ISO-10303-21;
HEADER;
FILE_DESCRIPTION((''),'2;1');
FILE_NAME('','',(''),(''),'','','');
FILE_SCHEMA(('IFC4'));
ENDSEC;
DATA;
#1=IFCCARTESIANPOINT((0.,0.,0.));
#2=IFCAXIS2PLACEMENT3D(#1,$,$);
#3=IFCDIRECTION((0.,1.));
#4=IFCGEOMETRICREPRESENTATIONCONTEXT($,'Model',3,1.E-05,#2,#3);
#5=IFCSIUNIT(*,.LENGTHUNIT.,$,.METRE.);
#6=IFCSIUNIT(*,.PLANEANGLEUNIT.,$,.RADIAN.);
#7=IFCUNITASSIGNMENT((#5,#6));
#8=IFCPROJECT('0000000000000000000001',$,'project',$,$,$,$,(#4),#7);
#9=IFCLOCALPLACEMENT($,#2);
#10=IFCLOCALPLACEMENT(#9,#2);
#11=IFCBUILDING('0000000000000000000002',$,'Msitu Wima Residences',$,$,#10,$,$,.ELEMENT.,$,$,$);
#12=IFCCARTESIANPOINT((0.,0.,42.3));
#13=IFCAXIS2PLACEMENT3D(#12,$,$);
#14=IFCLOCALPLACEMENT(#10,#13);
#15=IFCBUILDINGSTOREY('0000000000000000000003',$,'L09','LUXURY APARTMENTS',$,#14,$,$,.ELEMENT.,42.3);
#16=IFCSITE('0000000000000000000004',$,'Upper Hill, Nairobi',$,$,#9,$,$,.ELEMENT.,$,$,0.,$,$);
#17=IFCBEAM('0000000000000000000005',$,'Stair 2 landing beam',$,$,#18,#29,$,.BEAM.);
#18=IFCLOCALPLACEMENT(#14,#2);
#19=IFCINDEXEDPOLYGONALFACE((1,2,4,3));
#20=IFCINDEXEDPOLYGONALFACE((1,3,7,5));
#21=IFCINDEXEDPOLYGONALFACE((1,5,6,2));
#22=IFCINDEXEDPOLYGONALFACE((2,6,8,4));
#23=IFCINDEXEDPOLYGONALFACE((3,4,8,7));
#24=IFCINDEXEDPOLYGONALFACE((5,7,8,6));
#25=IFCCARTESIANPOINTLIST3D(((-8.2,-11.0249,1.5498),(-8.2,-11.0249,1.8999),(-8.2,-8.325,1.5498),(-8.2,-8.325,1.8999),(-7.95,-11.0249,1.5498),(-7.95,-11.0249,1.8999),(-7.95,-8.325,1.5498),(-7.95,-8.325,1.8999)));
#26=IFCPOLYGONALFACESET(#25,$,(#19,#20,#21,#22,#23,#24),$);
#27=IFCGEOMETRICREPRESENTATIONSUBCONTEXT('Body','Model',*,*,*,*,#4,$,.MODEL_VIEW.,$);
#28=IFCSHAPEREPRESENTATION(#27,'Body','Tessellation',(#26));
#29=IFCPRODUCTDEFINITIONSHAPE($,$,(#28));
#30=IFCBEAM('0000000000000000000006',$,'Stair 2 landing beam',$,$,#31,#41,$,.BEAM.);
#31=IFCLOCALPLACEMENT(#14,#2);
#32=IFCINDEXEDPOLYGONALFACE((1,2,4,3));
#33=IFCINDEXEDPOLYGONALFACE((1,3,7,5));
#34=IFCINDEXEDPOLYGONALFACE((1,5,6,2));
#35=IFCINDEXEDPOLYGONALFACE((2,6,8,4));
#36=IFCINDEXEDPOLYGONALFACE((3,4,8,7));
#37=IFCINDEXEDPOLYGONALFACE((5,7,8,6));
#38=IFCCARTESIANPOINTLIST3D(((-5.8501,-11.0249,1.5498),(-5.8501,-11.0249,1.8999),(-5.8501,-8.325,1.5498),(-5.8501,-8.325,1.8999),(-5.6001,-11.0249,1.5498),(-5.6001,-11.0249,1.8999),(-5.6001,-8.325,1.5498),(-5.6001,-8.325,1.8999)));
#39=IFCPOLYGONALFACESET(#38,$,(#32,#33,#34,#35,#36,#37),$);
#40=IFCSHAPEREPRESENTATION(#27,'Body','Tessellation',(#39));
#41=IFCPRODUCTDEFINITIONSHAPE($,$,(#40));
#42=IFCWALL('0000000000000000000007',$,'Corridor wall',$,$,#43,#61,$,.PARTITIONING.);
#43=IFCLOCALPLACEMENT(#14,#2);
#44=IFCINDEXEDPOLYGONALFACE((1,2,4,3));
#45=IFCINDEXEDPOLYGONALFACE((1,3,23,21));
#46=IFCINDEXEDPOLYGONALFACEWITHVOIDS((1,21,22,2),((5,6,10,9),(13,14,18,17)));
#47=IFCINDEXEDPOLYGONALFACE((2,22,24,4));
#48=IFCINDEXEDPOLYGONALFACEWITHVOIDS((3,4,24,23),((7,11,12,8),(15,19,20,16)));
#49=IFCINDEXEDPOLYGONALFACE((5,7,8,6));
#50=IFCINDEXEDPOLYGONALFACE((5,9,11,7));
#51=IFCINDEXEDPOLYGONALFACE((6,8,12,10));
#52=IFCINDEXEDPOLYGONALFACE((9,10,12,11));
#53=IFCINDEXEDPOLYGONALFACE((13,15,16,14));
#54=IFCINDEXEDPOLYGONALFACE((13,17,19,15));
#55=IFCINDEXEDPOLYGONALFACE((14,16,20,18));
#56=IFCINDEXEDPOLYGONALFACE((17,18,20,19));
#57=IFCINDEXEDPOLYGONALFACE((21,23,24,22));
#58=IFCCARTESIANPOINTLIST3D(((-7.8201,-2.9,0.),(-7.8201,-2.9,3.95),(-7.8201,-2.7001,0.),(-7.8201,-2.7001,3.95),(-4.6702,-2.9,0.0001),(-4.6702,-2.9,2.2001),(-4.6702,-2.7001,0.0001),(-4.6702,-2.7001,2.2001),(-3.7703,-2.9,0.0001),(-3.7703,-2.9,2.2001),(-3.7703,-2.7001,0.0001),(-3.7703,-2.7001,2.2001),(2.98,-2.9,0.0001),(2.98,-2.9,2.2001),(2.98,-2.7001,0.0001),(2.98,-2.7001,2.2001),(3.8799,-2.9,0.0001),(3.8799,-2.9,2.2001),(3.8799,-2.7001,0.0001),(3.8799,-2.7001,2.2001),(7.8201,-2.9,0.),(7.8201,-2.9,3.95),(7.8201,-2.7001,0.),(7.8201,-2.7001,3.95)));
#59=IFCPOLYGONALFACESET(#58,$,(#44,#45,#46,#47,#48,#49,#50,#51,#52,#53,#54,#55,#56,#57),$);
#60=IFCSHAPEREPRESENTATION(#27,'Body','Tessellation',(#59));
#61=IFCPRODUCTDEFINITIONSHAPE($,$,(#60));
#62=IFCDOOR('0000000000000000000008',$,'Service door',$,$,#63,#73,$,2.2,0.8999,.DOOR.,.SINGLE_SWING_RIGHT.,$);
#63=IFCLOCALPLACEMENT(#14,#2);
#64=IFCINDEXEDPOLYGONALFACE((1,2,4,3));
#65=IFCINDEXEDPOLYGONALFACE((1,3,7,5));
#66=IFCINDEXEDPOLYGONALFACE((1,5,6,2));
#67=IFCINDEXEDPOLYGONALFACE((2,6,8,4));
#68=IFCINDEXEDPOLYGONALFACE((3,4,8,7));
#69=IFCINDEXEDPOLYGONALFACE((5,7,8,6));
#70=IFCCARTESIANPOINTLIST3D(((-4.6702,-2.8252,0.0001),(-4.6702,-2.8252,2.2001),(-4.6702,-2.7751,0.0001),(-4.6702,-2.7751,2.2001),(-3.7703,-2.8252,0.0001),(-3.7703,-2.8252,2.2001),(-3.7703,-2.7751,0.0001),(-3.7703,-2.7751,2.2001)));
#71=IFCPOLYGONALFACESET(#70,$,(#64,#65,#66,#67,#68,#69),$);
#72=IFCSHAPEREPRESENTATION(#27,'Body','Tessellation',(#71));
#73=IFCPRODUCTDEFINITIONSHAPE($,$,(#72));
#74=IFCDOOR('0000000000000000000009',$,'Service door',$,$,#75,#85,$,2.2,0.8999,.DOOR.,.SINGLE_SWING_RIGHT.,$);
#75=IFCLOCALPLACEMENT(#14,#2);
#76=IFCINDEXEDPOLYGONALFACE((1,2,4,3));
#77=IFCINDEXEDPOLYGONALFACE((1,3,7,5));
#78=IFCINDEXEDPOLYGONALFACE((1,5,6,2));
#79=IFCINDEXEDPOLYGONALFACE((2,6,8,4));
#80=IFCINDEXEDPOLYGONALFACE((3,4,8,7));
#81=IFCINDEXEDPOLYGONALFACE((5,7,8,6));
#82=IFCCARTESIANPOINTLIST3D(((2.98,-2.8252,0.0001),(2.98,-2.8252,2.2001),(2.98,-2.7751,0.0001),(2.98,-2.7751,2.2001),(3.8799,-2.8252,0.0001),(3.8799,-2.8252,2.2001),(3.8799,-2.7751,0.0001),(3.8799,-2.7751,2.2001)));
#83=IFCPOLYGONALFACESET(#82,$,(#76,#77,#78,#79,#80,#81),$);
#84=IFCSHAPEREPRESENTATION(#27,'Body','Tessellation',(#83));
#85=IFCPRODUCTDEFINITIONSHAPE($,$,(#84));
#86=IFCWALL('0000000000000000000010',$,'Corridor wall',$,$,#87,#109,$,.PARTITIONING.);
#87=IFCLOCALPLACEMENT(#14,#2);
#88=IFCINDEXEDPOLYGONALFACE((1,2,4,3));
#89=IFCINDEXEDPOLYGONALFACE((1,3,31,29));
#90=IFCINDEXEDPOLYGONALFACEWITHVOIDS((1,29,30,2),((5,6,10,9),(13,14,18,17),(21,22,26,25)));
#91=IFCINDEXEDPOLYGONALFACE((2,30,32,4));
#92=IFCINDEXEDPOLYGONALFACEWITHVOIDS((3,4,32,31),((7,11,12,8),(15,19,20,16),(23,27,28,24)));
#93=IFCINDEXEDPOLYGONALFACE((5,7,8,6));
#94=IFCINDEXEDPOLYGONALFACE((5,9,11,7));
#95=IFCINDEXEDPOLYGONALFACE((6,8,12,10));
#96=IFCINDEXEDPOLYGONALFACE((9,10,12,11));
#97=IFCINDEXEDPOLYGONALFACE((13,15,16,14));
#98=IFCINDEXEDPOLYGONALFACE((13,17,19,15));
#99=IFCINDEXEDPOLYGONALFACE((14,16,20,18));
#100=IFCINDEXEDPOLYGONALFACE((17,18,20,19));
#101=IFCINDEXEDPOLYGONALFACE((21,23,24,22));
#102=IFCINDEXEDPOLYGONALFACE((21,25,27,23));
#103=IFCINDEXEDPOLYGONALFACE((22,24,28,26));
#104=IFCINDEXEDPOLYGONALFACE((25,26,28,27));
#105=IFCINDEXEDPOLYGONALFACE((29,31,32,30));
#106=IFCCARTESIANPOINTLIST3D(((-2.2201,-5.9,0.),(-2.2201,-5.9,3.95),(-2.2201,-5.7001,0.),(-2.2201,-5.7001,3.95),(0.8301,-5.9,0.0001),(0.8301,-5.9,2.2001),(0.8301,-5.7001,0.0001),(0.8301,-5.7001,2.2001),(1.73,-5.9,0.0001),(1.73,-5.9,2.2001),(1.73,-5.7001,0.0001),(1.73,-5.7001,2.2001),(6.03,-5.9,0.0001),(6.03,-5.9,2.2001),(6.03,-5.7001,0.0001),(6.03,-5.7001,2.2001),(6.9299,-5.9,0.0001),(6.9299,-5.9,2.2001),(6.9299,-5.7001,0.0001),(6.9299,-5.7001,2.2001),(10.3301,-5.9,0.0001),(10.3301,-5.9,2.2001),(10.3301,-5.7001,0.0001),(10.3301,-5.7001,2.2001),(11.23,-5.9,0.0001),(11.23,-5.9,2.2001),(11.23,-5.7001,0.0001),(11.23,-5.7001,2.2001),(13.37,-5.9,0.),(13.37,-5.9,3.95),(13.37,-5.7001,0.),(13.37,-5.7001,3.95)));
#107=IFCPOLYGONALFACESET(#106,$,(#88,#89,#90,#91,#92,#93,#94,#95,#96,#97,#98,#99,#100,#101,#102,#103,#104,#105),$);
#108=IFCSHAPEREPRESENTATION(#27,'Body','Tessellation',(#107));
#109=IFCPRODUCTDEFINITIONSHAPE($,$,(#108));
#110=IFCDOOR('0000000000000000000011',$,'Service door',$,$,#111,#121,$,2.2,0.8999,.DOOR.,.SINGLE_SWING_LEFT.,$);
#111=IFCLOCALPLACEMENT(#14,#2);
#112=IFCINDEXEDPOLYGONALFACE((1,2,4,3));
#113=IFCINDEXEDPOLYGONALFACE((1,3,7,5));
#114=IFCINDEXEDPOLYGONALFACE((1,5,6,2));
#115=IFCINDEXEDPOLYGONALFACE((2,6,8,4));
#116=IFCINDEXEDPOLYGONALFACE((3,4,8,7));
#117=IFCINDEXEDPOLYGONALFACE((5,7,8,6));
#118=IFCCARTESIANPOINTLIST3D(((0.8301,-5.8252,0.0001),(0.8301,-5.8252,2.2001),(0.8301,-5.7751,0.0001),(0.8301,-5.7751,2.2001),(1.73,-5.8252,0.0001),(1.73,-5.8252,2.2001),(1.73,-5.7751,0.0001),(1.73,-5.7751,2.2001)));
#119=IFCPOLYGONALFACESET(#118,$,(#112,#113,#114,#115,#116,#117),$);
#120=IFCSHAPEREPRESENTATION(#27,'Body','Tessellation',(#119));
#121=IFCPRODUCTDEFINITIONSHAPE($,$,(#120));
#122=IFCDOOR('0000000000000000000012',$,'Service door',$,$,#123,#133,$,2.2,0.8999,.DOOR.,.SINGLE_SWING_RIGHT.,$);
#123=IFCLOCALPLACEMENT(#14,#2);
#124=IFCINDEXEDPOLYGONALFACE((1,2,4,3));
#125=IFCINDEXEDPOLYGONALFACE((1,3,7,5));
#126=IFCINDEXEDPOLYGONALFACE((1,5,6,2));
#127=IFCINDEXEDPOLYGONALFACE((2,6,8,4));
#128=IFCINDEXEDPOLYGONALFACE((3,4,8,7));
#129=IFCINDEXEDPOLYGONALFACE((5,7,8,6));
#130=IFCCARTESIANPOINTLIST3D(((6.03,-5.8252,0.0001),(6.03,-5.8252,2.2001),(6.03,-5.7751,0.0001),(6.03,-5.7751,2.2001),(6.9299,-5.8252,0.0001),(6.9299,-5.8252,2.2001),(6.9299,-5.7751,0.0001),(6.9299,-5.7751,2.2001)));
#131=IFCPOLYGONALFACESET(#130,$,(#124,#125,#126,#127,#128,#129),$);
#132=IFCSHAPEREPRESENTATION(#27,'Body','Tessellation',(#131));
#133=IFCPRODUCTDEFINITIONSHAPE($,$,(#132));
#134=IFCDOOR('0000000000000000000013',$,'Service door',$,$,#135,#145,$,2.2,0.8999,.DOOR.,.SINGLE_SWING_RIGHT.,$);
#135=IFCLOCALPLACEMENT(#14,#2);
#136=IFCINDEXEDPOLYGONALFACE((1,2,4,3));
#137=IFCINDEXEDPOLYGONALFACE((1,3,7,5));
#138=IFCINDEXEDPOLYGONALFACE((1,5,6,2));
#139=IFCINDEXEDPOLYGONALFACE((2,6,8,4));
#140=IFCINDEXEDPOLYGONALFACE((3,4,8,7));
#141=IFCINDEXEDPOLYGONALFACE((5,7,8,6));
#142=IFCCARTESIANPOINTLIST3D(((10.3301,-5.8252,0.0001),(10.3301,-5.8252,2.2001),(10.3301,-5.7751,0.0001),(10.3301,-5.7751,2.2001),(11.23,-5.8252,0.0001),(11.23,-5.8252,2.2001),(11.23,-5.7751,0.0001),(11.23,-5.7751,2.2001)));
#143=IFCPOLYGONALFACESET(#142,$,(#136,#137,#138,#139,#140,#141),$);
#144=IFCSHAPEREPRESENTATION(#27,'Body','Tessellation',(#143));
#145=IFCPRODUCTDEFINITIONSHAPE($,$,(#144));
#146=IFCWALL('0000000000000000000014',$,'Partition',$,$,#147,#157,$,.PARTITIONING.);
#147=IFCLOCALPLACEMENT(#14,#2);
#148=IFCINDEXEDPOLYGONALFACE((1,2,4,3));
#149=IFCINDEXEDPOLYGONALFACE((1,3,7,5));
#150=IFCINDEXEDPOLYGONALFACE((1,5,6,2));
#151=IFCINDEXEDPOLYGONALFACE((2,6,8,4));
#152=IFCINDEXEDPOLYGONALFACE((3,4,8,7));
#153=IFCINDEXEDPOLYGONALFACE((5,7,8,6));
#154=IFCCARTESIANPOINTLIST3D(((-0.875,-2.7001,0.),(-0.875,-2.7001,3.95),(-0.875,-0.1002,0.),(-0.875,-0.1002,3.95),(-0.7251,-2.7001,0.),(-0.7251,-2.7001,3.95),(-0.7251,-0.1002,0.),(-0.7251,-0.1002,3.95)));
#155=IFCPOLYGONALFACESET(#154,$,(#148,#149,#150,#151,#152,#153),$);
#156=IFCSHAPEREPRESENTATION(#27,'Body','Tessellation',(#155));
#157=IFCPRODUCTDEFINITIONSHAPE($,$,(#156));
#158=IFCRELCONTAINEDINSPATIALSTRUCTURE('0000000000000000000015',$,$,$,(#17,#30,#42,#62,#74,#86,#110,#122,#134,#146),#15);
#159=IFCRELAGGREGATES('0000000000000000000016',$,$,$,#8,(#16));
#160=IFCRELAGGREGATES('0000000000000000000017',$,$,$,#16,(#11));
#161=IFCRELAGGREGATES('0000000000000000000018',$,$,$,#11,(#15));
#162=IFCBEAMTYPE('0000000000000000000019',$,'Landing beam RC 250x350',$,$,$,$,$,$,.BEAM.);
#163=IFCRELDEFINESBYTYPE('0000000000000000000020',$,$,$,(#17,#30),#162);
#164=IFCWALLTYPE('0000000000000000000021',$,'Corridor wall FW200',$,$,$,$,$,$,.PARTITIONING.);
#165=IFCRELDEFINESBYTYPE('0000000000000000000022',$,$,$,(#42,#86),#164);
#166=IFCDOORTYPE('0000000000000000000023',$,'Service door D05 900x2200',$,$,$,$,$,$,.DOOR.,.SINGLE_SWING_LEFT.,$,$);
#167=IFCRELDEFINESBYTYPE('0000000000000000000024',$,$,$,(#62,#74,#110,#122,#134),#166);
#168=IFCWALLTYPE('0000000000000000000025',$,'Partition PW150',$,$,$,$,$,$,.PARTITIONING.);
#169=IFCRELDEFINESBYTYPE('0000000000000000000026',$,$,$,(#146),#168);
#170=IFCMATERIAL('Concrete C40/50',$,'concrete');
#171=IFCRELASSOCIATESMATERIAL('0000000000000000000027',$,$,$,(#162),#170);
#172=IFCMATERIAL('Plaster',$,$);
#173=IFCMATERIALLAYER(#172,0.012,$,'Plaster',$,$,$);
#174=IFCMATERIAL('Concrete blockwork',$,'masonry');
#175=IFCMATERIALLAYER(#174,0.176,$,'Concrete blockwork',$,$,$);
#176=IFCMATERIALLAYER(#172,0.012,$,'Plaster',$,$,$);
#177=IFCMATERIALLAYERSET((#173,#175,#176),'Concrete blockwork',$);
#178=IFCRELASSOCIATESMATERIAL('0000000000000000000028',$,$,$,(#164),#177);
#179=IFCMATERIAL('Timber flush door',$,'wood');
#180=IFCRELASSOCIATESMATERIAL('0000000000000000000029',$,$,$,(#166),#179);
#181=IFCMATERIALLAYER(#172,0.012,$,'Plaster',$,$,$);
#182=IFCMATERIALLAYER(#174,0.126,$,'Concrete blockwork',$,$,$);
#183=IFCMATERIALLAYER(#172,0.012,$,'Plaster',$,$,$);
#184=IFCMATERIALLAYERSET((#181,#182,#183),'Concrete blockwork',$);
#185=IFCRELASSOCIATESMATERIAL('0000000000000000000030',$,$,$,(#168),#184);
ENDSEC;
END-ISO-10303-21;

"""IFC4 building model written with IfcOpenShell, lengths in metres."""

from ifc_helpers import new_model, si_unit, direction, frame, frame_2d, origin, origin_2d, place, context, subcontext, project, spatial, rectangle, extrude, material, layer, layer_set, material_profile, profile_set, type_object, element, fill, save


model = new_model("IFC4")

# Units and contexts
model_context = context("Model", 3, precision=1e-05, world=origin(), true_north=direction((0.0, 1.0)))
body_context = subcontext(model_context, "Body", "Model", "MODEL_VIEW")
ifc_project = project(units=[si_unit("LENGTHUNIT", "METRE"), si_unit("PLANEANGLEUNIT", "RADIAN")], contexts=[model_context])

# Site, building, storey
site_placement = place(None, origin())
site = spatial("IfcSite", under=ifc_project, at=site_placement, Name="Upper Hill, Nairobi", CompositionType="ELEMENT", RefElevation=0.0)
building_placement = place(site_placement, origin())
building = spatial("IfcBuilding", under=site, at=building_placement, Name="Msitu Wima Residences", CompositionType="ELEMENT")
storey_placement = place(building_placement, frame((0.0, 0.0, 42.3)))
storey = spatial("IfcBuildingStorey", under=building, at=storey_placement, Name="L09", Description="LUXURY APARTMENTS", CompositionType="ELEMENT", Elevation=42.3)

# Beams
ifc_material_1 = material(Name="Concrete C40/50", Category="concrete")
ifc_material_profile = material_profile(ifc_material_1, rectangle(XDim=0.25, YDim=0.3501, at=origin_2d()), Name="RC 250x350")
ifc_profile_set = profile_set([ifc_material_profile], Name="Concrete C40/50")
beam_type = type_object("IfcBeamType", Name="Landing beam RC 250x350", PredefinedType="BEAM", material=ifc_profile_set)
for number, where, z_axis, x_axis, name in (
    (1, (-8.075, -11.0249, 1.7249), (0.0, 1.0, 0.0), (-1.0, 0.0, 0.0), "Stair 2 landing beam"),
    (2, (-5.7251, -11.0249, 1.7249), (0.0, 1.0, 0.0), (-1.0, 0.0, 0.0), "Stair 2 landing beam"),
):
    element("IfcBeam", number, at=place(storey_placement, frame(where, z_axis=z_axis, x_axis=x_axis)), inside=storey, type_object=beam_type, Name=name, PredefinedType="BEAM", context=body_context, shape_type="SweptSolid", body=[
        extrude(rectangle(XDim=0.25, YDim=0.3501, at=origin_2d()), origin(), (0.0, 0.0, 1.0), 2.7),
    ])

# Wall, openings, doors
ifc_material_2 = material(Name="Plaster")
ifc_layer_1 = layer(ifc_material_2, 0.012, Name="Plaster")
ifc_material_3 = material(Name="Concrete blockwork", Category="masonry")
ifc_layer_2 = layer(ifc_material_3, 0.176, Name="Concrete blockwork")
ifc_layer_3 = layer(ifc_material_2, 0.012, Name="Plaster")
ifc_layer_set_1 = layer_set([ifc_layer_1, ifc_layer_2, ifc_layer_3], Name="Concrete blockwork")
wall_type_1 = type_object("IfcWallType", Name="Corridor wall FW200", PredefinedType="PARTITIONING", material=ifc_layer_set_1)
wall_1_placement = place(storey_placement, frame((-7.8201, -2.8, 0.0), z_axis=(0.0, 0.0, 1.0), x_axis=(1.0, 0.0, 0.0)))
wall_1 = element("IfcWall", 3, at=wall_1_placement, inside=storey, type_object=wall_type_1, Name="Corridor wall", PredefinedType="PARTITIONING", context=body_context, shape_type="SweptSolid", body=[
    extrude(rectangle(XDim=15.6401, YDim=0.2, at=frame_2d((7.8201, 0.0))), origin(), (0.0, 0.0, 1.0), 3.95),
])
opening_1_placement = place(wall_1_placement, frame((3.1499, 0.0, 0.0)))
opening_1 = element("IfcOpeningElement", 4, at=opening_1_placement, cuts=wall_1, PredefinedType="OPENING", context=body_context, shape_type="SweptSolid", body=[
    extrude(rectangle(XDim=0.8999, YDim=2.2, at=frame_2d((0.45, 1.1001))), frame((0.0, 0.1099, 0.0), z_axis=(0.0, -1.0, 0.0), x_axis=(1.0, 0.0, 0.0)), (0.0, 0.0, 1.0), 0.22),
])
opening_2_placement = place(wall_1_placement, frame((10.8, 0.0, 0.0)))
opening_2 = element("IfcOpeningElement", 5, at=opening_2_placement, cuts=wall_1, PredefinedType="OPENING", context=body_context, shape_type="SweptSolid", body=[
    extrude(rectangle(XDim=0.8999, YDim=2.2, at=frame_2d((0.45, 1.1001))), frame((0.0, 0.1099, 0.0), z_axis=(0.0, -1.0, 0.0), x_axis=(1.0, 0.0, 0.0)), (0.0, 0.0, 1.0), 0.22),
])
ifc_material_4 = material(Name="Timber flush door", Category="wood")
door_type_1 = type_object("IfcDoorType", Name="Service door D05 900x2200", OperationType="SINGLE_SWING_LEFT", PredefinedType="DOOR", material=ifc_material_4)
door_1_placement = place(opening_1_placement, origin())
door_1 = element("IfcDoor", 6, at=door_1_placement, inside=storey, type_object=door_type_1, Name="Service door", OperationType="SINGLE_SWING_RIGHT", OverallHeight=2.2, OverallWidth=0.8999, PredefinedType="DOOR", context=body_context, shape_type="SweptSolid", body=[
    extrude(rectangle(XDim=0.8999, YDim=2.2, at=frame_2d((0.45, 1.1001))), frame((0.0, 0.0249, 0.0), z_axis=(0.0, -1.0, 0.0), x_axis=(1.0, 0.0, 0.0)), (0.0, 0.0, 1.0), 0.05),
])
fill(opening_1, door_1)
door_2_placement = place(opening_2_placement, origin())
door_2 = element("IfcDoor", 7, at=door_2_placement, inside=storey, type_object=door_type_1, Name="Service door", OperationType="SINGLE_SWING_RIGHT", OverallHeight=2.2, OverallWidth=0.8999, PredefinedType="DOOR", context=body_context, shape_type="SweptSolid", body=[
    extrude(rectangle(XDim=0.8999, YDim=2.2, at=frame_2d((0.45, 1.1001))), frame((0.0, 0.0249, 0.0), z_axis=(0.0, -1.0, 0.0), x_axis=(1.0, 0.0, 0.0)), (0.0, 0.0, 1.0), 0.05),
])
fill(opening_2, door_2)

# Wall, openings, doors
wall_2_placement = place(storey_placement, frame((-2.22, -5.8, 0.0), z_axis=(0.0, 0.0, 1.0), x_axis=(1.0, 0.0, 0.0)))
wall_2 = element("IfcWall", 8, at=wall_2_placement, inside=storey, type_object=wall_type_1, Name="Corridor wall", PredefinedType="PARTITIONING", context=body_context, shape_type="SweptSolid", body=[
    extrude(rectangle(XDim=15.5901, YDim=0.2, at=frame_2d((7.7949, 0.0))), origin(), (0.0, 0.0, 1.0), 3.95),
])
opening_3_placement = place(wall_2_placement, frame((3.05, 0.0, 0.0)))
opening_3 = element("IfcOpeningElement", 9, at=opening_3_placement, cuts=wall_2, PredefinedType="OPENING", context=body_context, shape_type="SweptSolid", body=[
    extrude(rectangle(XDim=0.8999, YDim=2.2, at=frame_2d((0.45, 1.1001))), frame((0.0, 0.1099, 0.0), z_axis=(0.0, -1.0, 0.0), x_axis=(1.0, 0.0, 0.0)), (0.0, 0.0, 1.0), 0.22),
])
opening_4_placement = place(wall_2_placement, frame((8.25, 0.0, 0.0)))
opening_4 = element("IfcOpeningElement", 10, at=opening_4_placement, cuts=wall_2, PredefinedType="OPENING", context=body_context, shape_type="SweptSolid", body=[
    extrude(rectangle(XDim=0.8999, YDim=2.2, at=frame_2d((0.45, 1.1001))), frame((0.0, 0.1099, 0.0), z_axis=(0.0, -1.0, 0.0), x_axis=(1.0, 0.0, 0.0)), (0.0, 0.0, 1.0), 0.22),
])
opening_5_placement = place(wall_2_placement, frame((12.55, 0.0, 0.0)))
opening_5 = element("IfcOpeningElement", 11, at=opening_5_placement, cuts=wall_2, PredefinedType="OPENING", context=body_context, shape_type="SweptSolid", body=[
    extrude(rectangle(XDim=0.8999, YDim=2.2, at=frame_2d((0.45, 1.1001))), frame((0.0, 0.1099, 0.0), z_axis=(0.0, -1.0, 0.0), x_axis=(1.0, 0.0, 0.0)), (0.0, 0.0, 1.0), 0.22),
])
door_3_placement = place(opening_3_placement, origin())
door_3 = element("IfcDoor", 12, at=door_3_placement, inside=storey, type_object=door_type_1, Name="Service door", OperationType="SINGLE_SWING_LEFT", OverallHeight=2.2, OverallWidth=0.8999, PredefinedType="DOOR", context=body_context, shape_type="SweptSolid", body=[
    extrude(rectangle(XDim=0.8999, YDim=2.2, at=frame_2d((0.45, 1.1001))), frame((0.0, 0.0249, 0.0), z_axis=(0.0, -1.0, 0.0), x_axis=(1.0, 0.0, 0.0)), (0.0, 0.0, 1.0), 0.05),
])
fill(opening_3, door_3)
door_4_placement = place(opening_4_placement, origin())
door_4 = element("IfcDoor", 13, at=door_4_placement, inside=storey, type_object=door_type_1, Name="Service door", OperationType="SINGLE_SWING_RIGHT", OverallHeight=2.2, OverallWidth=0.8999, PredefinedType="DOOR", context=body_context, shape_type="SweptSolid", body=[
    extrude(rectangle(XDim=0.8999, YDim=2.2, at=frame_2d((0.45, 1.1001))), frame((0.0, 0.0249, 0.0), z_axis=(0.0, -1.0, 0.0), x_axis=(1.0, 0.0, 0.0)), (0.0, 0.0, 1.0), 0.05),
])
fill(opening_4, door_4)
door_5_placement = place(opening_5_placement, origin())
door_5 = element("IfcDoor", 14, at=door_5_placement, inside=storey, type_object=door_type_1, Name="Service door", OperationType="SINGLE_SWING_RIGHT", OverallHeight=2.2, OverallWidth=0.8999, PredefinedType="DOOR", context=body_context, shape_type="SweptSolid", body=[
    extrude(rectangle(XDim=0.8999, YDim=2.2, at=frame_2d((0.45, 1.1001))), frame((0.0, 0.0249, 0.0), z_axis=(0.0, -1.0, 0.0), x_axis=(1.0, 0.0, 0.0)), (0.0, 0.0, 1.0), 0.05),
])
fill(opening_5, door_5)

# Wall
ifc_layer_4 = layer(ifc_material_2, 0.012, Name="Plaster")
ifc_layer_5 = layer(ifc_material_3, 0.126, Name="Concrete blockwork")
ifc_layer_6 = layer(ifc_material_2, 0.012, Name="Plaster")
ifc_layer_set_2 = layer_set([ifc_layer_4, ifc_layer_5, ifc_layer_6], Name="Concrete blockwork")
wall_type_2 = type_object("IfcWallType", Name="Partition PW150", PredefinedType="PARTITIONING", material=ifc_layer_set_2)
wall_3_placement = place(storey_placement, frame((-0.8, -2.7, 0.0), z_axis=(0.0, 0.0, 1.0), x_axis=(0.0, 1.0, 0.0)))
element("IfcWall", 15, at=wall_3_placement, inside=storey, type_object=wall_type_2, Name="Partition", PredefinedType="PARTITIONING", context=body_context, shape_type="SweptSolid", body=[
    extrude(rectangle(XDim=2.5999, YDim=0.1499, at=frame_2d((1.2998, 0.0))), origin(), (0.0, 0.0, 1.0), 3.95),
])

save(model, "model.ifc")
